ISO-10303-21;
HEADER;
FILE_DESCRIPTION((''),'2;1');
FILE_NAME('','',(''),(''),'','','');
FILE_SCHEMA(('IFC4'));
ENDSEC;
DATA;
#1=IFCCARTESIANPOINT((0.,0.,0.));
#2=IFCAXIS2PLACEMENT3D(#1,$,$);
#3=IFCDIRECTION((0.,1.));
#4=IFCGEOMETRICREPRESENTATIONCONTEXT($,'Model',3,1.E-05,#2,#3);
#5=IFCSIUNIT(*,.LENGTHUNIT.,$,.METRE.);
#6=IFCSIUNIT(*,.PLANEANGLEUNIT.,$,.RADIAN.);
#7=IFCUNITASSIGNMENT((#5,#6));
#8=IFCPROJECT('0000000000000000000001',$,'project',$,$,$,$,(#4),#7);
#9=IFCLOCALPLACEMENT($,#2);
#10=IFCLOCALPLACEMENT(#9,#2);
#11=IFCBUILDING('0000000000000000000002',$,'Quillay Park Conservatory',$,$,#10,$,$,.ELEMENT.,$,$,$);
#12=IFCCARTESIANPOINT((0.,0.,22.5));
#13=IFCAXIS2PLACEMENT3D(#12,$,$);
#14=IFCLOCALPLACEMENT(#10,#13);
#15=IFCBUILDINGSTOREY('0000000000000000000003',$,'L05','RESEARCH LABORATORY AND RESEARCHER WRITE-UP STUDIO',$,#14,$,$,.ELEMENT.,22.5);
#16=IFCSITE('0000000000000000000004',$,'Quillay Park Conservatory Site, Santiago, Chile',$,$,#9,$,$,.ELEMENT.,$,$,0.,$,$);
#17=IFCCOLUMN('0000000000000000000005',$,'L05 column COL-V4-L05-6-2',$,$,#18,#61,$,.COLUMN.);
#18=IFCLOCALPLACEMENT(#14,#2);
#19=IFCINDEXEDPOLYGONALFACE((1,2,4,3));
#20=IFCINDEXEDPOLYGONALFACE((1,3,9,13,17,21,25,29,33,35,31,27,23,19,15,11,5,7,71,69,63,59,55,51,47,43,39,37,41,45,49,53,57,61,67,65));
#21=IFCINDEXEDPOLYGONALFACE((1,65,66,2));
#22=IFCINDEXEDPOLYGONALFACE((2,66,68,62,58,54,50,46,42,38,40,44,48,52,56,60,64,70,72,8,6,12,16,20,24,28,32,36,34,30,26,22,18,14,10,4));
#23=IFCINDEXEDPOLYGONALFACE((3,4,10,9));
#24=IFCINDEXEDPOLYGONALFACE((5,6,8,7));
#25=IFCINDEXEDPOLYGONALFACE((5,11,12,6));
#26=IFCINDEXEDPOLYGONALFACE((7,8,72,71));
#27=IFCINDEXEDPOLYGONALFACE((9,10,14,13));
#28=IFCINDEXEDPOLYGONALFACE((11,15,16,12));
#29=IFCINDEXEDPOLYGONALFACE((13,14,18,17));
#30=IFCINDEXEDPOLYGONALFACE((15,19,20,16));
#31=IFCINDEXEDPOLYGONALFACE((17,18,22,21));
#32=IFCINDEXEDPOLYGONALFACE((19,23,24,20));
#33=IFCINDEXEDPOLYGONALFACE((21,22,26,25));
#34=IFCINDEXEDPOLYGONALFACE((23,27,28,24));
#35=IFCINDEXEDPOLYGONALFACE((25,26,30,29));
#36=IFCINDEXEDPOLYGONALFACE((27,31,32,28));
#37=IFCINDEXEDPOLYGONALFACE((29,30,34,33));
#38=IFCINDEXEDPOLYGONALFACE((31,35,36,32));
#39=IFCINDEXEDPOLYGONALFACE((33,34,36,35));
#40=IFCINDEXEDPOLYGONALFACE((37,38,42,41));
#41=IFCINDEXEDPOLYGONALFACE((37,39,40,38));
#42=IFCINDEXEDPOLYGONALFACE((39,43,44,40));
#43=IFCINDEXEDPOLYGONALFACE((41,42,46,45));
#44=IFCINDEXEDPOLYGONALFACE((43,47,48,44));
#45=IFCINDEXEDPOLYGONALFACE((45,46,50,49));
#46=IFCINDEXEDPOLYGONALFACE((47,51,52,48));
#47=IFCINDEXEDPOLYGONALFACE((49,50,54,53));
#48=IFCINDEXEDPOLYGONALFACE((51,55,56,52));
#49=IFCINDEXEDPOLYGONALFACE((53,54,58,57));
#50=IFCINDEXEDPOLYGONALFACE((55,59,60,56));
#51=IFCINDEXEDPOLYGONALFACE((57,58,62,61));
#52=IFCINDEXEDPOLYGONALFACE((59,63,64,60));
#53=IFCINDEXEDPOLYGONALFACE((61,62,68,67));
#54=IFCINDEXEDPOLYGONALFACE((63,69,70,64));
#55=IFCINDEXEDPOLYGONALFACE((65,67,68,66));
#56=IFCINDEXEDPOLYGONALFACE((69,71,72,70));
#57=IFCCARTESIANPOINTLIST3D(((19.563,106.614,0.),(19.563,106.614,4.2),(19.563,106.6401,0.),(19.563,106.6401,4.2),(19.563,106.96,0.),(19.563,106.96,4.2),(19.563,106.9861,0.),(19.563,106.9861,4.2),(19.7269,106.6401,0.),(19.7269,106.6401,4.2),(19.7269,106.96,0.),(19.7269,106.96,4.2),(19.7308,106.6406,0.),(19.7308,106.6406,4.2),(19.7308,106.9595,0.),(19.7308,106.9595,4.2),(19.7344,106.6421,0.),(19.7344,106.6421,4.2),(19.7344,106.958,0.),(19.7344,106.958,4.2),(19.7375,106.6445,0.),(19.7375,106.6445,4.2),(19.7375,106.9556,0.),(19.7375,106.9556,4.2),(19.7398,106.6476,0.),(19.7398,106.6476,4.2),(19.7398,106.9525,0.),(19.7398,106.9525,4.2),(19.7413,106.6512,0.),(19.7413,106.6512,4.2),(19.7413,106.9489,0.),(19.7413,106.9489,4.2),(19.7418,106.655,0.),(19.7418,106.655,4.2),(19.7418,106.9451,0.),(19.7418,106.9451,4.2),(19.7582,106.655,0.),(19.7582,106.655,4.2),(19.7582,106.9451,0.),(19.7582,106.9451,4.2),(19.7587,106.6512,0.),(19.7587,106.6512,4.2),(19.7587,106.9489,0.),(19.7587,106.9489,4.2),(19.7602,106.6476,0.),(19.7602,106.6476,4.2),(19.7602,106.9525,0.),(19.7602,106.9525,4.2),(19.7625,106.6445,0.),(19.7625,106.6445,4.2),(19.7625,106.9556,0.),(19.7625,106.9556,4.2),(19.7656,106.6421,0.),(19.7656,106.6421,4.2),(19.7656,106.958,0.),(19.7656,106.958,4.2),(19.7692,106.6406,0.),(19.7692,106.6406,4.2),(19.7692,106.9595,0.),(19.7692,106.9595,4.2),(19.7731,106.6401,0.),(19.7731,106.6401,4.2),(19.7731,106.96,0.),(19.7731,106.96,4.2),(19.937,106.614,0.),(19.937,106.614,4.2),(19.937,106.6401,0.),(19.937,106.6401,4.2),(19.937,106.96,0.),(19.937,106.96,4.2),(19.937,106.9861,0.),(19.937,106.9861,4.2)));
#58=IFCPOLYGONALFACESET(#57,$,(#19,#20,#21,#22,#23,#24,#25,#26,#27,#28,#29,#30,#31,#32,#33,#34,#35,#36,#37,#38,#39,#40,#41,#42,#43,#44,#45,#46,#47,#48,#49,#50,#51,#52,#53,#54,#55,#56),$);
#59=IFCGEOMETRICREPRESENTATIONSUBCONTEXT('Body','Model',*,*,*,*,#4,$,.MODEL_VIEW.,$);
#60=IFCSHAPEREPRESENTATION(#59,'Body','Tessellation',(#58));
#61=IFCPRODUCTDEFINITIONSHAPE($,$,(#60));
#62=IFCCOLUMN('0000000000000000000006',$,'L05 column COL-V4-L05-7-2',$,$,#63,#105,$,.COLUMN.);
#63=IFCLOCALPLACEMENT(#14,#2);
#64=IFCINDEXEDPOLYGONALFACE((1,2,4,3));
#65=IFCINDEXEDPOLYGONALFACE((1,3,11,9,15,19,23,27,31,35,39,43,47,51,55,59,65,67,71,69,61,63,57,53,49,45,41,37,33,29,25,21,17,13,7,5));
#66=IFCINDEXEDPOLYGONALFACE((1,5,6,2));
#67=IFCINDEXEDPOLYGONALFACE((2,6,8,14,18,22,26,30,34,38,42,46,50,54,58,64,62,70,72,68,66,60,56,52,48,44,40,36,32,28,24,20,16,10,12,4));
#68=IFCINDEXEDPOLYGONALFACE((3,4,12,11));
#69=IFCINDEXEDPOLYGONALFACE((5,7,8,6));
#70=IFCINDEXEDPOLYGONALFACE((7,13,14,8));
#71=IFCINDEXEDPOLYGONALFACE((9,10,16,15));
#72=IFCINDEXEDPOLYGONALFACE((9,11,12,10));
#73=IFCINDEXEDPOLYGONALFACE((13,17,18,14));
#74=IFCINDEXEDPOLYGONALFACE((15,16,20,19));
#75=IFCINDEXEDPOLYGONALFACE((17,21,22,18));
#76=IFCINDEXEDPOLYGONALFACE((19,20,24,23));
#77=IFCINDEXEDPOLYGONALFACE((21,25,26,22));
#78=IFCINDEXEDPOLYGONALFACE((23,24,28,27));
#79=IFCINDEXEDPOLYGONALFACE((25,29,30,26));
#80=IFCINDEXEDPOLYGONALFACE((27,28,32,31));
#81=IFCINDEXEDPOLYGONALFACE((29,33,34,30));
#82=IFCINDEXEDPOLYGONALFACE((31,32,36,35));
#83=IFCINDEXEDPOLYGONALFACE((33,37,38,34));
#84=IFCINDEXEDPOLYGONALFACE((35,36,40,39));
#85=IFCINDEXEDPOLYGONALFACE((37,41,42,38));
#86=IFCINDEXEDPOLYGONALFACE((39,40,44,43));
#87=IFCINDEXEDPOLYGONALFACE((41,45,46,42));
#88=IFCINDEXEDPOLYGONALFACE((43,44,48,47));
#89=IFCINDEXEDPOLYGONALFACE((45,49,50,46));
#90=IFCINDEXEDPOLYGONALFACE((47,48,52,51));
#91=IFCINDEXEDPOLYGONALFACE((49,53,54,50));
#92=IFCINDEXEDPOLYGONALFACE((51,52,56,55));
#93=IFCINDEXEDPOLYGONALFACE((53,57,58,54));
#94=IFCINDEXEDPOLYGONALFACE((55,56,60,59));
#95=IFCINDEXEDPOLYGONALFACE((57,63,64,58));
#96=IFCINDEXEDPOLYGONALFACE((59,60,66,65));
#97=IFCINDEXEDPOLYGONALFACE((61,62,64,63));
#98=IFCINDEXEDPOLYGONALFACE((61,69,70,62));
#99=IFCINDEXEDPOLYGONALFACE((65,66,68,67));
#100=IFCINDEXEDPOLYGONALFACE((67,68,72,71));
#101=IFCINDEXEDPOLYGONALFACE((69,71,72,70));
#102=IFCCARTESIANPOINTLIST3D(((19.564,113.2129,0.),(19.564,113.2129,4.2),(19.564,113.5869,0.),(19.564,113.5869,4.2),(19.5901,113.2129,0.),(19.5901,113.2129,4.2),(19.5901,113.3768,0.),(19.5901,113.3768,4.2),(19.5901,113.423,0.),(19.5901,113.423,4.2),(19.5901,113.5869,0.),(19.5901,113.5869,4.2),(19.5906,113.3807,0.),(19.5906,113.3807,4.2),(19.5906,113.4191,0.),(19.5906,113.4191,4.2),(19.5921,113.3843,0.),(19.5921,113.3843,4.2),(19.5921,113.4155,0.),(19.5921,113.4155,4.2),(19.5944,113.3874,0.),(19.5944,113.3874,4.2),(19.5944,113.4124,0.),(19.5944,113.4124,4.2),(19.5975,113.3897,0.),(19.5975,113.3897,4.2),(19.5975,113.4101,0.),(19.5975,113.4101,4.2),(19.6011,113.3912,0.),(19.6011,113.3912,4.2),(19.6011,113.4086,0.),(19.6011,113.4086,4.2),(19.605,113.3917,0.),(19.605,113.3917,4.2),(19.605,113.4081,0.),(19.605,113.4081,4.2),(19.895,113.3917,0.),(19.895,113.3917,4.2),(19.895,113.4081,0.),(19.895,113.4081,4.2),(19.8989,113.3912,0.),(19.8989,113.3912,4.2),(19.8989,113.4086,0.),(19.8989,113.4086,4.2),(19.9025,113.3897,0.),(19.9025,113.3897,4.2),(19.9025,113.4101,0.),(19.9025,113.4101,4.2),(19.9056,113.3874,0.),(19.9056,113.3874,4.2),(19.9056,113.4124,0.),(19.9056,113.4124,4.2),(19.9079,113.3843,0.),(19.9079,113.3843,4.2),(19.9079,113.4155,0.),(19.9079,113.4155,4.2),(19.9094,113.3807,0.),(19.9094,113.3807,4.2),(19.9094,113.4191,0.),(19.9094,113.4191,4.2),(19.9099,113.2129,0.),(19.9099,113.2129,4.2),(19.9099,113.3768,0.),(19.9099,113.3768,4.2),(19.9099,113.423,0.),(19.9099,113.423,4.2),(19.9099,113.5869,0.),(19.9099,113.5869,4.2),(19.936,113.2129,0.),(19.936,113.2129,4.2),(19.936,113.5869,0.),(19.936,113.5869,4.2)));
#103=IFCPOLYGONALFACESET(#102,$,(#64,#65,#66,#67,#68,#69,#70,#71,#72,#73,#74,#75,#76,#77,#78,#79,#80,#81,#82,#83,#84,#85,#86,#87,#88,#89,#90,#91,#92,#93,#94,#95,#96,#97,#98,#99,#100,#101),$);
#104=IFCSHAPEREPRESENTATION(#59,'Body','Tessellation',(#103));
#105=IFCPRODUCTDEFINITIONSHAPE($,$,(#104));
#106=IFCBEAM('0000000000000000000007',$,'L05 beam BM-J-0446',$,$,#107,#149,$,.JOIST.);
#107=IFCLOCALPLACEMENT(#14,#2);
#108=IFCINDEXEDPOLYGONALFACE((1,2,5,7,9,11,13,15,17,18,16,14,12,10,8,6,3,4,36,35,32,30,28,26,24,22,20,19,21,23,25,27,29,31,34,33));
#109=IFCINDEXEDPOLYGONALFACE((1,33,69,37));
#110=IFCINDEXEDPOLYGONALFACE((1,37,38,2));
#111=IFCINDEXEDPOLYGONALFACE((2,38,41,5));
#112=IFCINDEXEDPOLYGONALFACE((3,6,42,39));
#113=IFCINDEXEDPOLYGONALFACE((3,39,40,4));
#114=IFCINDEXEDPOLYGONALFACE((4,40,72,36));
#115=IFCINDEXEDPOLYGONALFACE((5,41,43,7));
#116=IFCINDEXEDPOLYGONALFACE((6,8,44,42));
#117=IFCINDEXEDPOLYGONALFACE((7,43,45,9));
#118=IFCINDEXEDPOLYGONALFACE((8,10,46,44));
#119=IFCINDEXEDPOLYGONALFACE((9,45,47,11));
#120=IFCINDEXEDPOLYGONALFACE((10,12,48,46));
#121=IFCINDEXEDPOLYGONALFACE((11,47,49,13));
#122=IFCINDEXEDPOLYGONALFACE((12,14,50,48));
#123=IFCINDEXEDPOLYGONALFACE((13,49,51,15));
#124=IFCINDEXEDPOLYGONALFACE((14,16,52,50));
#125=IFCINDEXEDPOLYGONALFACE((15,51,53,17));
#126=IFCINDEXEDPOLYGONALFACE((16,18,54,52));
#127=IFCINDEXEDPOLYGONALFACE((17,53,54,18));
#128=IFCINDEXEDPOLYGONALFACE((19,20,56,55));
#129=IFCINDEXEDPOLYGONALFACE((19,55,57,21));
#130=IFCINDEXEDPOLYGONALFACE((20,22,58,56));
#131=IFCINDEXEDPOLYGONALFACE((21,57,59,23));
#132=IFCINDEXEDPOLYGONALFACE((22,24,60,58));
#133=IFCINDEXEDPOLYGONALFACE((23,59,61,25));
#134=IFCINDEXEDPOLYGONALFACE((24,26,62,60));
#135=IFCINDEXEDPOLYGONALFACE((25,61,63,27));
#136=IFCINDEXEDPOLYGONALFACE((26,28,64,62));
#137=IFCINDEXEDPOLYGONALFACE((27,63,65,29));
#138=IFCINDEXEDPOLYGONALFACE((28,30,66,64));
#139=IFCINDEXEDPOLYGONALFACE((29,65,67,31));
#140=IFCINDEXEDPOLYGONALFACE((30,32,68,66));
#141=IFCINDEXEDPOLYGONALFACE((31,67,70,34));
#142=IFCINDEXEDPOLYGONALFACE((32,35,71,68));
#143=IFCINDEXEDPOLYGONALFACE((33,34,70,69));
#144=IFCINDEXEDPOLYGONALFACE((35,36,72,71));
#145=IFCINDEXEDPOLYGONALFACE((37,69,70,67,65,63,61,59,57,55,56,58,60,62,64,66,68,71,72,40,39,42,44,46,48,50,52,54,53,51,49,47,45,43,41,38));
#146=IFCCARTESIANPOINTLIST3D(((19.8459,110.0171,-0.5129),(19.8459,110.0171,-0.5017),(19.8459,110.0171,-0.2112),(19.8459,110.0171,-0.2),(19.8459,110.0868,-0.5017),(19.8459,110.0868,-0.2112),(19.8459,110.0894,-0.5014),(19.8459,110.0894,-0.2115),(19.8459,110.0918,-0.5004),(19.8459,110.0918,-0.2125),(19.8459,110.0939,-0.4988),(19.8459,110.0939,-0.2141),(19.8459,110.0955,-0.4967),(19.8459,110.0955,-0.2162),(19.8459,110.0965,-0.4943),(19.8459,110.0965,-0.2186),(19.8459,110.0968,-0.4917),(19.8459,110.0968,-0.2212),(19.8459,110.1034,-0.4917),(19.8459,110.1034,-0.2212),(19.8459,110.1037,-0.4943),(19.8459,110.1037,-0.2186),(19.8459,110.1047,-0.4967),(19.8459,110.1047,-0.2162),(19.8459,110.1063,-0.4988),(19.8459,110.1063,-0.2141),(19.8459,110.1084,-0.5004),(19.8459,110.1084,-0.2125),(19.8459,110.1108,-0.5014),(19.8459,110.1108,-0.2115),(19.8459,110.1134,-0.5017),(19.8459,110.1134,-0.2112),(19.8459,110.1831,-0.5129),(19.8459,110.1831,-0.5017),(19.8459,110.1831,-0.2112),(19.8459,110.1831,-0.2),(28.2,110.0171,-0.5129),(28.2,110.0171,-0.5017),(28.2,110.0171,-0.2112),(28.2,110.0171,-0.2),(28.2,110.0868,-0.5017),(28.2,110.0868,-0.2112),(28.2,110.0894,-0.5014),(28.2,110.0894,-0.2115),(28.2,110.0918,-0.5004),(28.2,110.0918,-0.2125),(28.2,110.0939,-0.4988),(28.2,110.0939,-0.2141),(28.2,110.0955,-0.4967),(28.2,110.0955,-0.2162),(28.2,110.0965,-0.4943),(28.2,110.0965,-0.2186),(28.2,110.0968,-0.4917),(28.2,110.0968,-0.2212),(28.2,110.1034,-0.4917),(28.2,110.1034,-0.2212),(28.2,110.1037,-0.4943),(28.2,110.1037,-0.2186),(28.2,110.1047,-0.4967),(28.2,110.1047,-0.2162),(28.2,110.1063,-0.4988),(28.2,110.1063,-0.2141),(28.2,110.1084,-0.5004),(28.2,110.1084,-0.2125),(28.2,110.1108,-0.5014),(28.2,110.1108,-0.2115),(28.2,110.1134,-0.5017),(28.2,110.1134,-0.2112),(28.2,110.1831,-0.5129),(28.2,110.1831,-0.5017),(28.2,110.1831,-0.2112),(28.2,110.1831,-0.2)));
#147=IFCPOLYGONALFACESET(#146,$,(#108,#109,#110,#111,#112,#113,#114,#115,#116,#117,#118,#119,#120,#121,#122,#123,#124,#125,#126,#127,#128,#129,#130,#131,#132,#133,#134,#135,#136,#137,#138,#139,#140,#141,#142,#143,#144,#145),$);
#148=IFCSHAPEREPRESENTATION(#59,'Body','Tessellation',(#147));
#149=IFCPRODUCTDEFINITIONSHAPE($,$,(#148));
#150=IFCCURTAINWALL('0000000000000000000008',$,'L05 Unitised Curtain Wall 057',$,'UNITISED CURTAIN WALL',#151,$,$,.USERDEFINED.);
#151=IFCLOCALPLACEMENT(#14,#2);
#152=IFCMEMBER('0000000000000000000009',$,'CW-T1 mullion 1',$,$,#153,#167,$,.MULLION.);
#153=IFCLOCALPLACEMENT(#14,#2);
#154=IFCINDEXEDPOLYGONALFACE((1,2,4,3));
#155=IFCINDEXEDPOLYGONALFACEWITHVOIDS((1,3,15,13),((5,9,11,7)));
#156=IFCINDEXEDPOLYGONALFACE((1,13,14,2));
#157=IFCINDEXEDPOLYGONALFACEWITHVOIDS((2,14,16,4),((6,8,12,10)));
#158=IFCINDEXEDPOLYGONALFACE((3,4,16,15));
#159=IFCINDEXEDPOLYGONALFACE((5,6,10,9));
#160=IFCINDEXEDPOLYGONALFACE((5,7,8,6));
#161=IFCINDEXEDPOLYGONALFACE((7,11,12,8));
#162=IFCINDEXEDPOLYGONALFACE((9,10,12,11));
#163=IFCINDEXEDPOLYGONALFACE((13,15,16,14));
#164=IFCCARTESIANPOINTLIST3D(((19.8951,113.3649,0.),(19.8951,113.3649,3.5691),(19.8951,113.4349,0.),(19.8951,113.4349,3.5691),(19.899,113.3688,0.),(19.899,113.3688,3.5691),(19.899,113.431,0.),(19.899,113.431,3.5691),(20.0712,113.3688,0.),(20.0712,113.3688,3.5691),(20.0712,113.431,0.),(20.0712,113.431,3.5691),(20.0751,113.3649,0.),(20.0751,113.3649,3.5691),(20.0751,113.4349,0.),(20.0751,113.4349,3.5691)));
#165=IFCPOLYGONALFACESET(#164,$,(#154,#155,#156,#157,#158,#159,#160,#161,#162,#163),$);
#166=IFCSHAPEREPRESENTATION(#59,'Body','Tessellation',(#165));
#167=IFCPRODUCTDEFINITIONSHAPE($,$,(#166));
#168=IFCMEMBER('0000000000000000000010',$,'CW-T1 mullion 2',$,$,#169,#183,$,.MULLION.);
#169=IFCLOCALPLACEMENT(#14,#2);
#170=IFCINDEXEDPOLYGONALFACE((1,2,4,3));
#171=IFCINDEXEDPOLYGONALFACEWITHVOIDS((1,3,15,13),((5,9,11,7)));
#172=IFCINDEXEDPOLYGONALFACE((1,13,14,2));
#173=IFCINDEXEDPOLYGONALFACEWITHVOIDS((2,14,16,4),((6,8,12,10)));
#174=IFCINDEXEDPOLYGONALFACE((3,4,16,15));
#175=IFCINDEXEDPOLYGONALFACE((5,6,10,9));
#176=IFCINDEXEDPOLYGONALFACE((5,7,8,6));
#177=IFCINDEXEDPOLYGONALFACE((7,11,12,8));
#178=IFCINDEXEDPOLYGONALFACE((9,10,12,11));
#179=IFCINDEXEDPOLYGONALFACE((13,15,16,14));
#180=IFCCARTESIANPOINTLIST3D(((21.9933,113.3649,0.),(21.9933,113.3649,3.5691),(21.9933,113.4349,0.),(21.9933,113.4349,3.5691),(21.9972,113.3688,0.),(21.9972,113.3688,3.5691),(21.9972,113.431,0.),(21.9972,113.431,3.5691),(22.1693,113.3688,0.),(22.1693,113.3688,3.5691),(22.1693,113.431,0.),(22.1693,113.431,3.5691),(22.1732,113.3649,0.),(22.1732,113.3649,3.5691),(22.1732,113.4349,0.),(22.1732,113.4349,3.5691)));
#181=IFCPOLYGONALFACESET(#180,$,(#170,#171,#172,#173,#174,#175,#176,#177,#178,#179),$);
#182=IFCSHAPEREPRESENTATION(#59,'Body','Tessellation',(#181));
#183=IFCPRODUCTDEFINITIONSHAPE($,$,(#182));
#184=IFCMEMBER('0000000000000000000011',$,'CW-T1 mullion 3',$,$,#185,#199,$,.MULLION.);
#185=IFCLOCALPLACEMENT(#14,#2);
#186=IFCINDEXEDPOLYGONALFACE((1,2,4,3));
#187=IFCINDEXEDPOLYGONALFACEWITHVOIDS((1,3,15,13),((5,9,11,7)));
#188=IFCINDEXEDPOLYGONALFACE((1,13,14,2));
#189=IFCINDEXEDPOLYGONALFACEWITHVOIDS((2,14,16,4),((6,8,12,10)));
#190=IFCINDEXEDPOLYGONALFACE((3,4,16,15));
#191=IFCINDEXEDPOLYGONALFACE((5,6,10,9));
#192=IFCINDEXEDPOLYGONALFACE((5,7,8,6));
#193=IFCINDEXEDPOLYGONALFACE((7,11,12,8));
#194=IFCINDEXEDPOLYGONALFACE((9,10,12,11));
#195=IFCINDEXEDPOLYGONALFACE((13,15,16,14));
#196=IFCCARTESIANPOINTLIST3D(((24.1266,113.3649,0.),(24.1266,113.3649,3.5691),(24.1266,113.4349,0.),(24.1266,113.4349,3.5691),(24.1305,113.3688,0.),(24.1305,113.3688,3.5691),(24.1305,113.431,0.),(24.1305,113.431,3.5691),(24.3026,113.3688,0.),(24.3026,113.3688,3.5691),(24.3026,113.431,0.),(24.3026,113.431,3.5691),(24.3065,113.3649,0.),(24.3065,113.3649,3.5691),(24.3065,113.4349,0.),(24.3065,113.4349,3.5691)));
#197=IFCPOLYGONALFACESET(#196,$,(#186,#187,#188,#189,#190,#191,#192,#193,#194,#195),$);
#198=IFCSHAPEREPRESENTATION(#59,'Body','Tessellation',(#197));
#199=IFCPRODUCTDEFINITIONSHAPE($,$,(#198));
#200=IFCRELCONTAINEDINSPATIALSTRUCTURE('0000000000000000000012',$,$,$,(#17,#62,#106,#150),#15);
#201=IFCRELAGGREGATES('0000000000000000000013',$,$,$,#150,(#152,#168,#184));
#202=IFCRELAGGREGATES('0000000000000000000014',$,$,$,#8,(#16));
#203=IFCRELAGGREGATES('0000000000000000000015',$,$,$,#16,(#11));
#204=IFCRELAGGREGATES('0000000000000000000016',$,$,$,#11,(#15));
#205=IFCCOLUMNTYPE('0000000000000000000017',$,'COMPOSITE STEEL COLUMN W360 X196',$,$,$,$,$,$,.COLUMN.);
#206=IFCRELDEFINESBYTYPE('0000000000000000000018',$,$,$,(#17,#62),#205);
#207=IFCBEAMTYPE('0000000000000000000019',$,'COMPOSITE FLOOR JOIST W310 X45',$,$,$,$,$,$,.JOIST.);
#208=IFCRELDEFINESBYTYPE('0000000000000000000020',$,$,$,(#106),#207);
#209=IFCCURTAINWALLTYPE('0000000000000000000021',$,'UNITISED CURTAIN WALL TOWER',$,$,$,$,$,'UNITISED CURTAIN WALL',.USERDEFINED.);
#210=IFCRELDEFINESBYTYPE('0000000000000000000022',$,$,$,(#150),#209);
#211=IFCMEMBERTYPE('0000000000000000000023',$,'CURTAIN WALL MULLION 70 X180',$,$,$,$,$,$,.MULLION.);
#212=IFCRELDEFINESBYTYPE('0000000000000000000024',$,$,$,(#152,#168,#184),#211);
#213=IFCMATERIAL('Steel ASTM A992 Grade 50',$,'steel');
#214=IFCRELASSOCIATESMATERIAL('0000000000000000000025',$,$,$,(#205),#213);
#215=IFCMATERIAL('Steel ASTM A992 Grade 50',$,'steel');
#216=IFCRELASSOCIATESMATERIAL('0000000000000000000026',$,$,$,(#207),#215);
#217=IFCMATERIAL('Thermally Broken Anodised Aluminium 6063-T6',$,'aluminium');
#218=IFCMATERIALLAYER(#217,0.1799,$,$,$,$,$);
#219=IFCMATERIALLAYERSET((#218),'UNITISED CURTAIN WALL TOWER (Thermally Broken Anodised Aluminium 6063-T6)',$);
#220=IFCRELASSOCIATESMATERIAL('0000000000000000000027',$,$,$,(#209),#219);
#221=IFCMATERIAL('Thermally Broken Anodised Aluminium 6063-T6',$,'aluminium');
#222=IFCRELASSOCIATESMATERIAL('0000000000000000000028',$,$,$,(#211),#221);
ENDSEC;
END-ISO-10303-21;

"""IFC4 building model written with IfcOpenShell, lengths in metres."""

from ifc_helpers import new_model, si_unit, direction, frame, origin, origin_2d, place, context, subcontext, project, spatial, hollow_rectangle, i_section, extrude, material, layer, layer_set, material_profile, profile_set, type_object, element, aggregate, save


model = new_model("IFC4")

# Units and contexts
model_context = context("Model", 3, precision=1e-05, world=origin(), true_north=direction((0.0, 1.0)))
body_context = subcontext(model_context, "Body", "Model", "MODEL_VIEW")
ifc_project = project(units=[si_unit("LENGTHUNIT", "METRE"), si_unit("PLANEANGLEUNIT", "RADIAN")], contexts=[model_context])

# Site, building, storey
site_placement = place(None, origin())
site = spatial("IfcSite", under=ifc_project, at=site_placement, Name="Quillay Park Conservatory Site, Santiago, Chile", CompositionType="ELEMENT", RefElevation=0.0)
building_placement = place(site_placement, origin())
building = spatial("IfcBuilding", under=site, at=building_placement, Name="Quillay Park Conservatory", CompositionType="ELEMENT")
storey_placement = place(building_placement, frame((0.0, 0.0, 22.5)))
storey = spatial("IfcBuildingStorey", under=building, at=storey_placement, Name="L05", Description="RESEARCH LABORATORY AND RESEARCHER WRITE-UP STUDIO", CompositionType="ELEMENT", Elevation=22.5)

# Columns
ifc_material_1 = material(Name="Steel ASTM A992 Grade 50", Category="steel")
ifc_material_profile_1 = material_profile(ifc_material_1, i_section(OverallWidth=0.374, OverallDepth=0.3721, WebThickness=0.0164, FlangeThickness=0.0261, FilletRadius=0.0149, at=origin_2d()), Name="W360x196")
ifc_profile_set_1 = profile_set([ifc_material_profile_1], Name="Steel ASTM A992 Grade 50")
column_type = type_object("IfcColumnType", Name="COMPOSITE STEEL COLUMN W360 X196", PredefinedType="COLUMN", material=ifc_profile_set_1)
for number, where, z_axis, x_axis, name in (
    (1, (19.75, 106.8, 0.0), (0.0, 0.0, 1.0), (1.0, 0.0, 0.0), "L05 column COL-V4-L05-6-2"),
    (2, (19.75, 113.3999, 0.0), (0.0, 0.0, 1.0), (0.0, 1.0, 0.0), "L05 column COL-V4-L05-7-2"),
):
    element("IfcColumn", number, at=place(storey_placement, frame(where, z_axis=z_axis, x_axis=x_axis)), inside=storey, type_object=column_type, Name=name, PredefinedType="COLUMN", context=body_context, shape_type="SweptSolid", body=[
        extrude(i_section(OverallWidth=0.374, OverallDepth=0.3721, WebThickness=0.0164, FlangeThickness=0.0261, FilletRadius=0.0149, at=origin_2d()), origin(), (0.0, 0.0, 1.0), 4.2),
    ])

# Beam
ifc_material_2 = material(Name="Steel ASTM A992 Grade 50", Category="steel")
ifc_material_profile_2 = material_profile(ifc_material_2, i_section(OverallWidth=0.166, OverallDepth=0.313, WebThickness=0.0066, FlangeThickness=0.0112, FilletRadius=0.01, at=origin_2d()), Name="W310x45")
ifc_profile_set_2 = profile_set([ifc_material_profile_2], Name="Steel ASTM A992 Grade 50")
beam_type_1 = type_object("IfcBeamType", Name="COMPOSITE FLOOR JOIST W310 X45", PredefinedType="JOIST", material=ifc_profile_set_2)
beam_1_placement = place(storey_placement, frame((19.8459, 110.1001, -0.3564), z_axis=(1.0, 0.0, 0.0), x_axis=(0.0, 1.0, 0.0)))
element("IfcBeam", 3, at=beam_1_placement, inside=storey, type_object=beam_type_1, Name="L05 beam BM-J-0446", PredefinedType="JOIST", context=body_context, shape_type="SweptSolid", body=[
    extrude(i_section(OverallWidth=0.166, OverallDepth=0.313, WebThickness=0.0066, FlangeThickness=0.0112, FilletRadius=0.01, at=origin_2d()), origin(), (0.0, 0.0, 1.0), 8.354),
])

# Curtain wall, members
ifc_material_3 = material(Name="Thermally Broken Anodised Aluminium 6063-T6", Category="aluminium")
ifc_layer_1 = layer(ifc_material_3, 0.1799)
ifc_layer_set_1 = layer_set([ifc_layer_1], Name="UNITISED CURTAIN WALL TOWER (Thermally Broken Anodised Aluminium 6063-T6)")
curtain_wall_type = type_object("IfcCurtainWallType", Name="UNITISED CURTAIN WALL TOWER", ElementType="UNITISED CURTAIN WALL", PredefinedType="USERDEFINED", material=ifc_layer_set_1)
curtain_wall_placement = place(storey_placement, origin())
curtain_wall = element("IfcCurtainWall", 4, at=curtain_wall_placement, inside=storey, type_object=curtain_wall_type, Name="L05 Unitised Curtain Wall 057", ObjectType="UNITISED CURTAIN WALL", PredefinedType="USERDEFINED")
ifc_material_4 = material(Name="Thermally Broken Anodised Aluminium 6063-T6", Category="aluminium")
ifc_material_profile_3 = material_profile(ifc_material_4, hollow_rectangle(XDim=0.0701, YDim=0.1799, WallThickness=0.0039, at=origin_2d()), Name="AL70x180x4")
ifc_profile_set_3 = profile_set([ifc_material_profile_3], Name="Thermally Broken Anodised Aluminium 6063-T6")
member_type_1 = type_object("IfcMemberType", Name="CURTAIN WALL MULLION 70 X180", PredefinedType="MULLION", material=ifc_profile_set_3)
member_1_placement = place(storey_placement, frame((19.9851, 113.3999, 0.0), z_axis=(0.0, 0.0, 1.0), x_axis=(0.0, 1.0, 0.0)))
member_1 = element("IfcMember", 5, at=member_1_placement, type_object=member_type_1, Name="CW-T1 mullion 1", PredefinedType="MULLION", context=body_context, shape_type="SweptSolid", body=[
    extrude(hollow_rectangle(XDim=0.0701, YDim=0.1799, WallThickness=0.0039, at=origin_2d()), origin(), (0.0, 0.0, 1.0), 3.5691),
])
member_2_placement = place(storey_placement, frame((22.0833, 113.3999, 0.0), z_axis=(0.0, 0.0, 1.0), x_axis=(0.0, 1.0, 0.0)))
member_2 = element("IfcMember", 6, at=member_2_placement, type_object=member_type_1, Name="CW-T1 mullion 2", PredefinedType="MULLION", context=body_context, shape_type="SweptSolid", body=[
    extrude(hollow_rectangle(XDim=0.0701, YDim=0.1799, WallThickness=0.0039, at=origin_2d()), origin(), (0.0, 0.0, 1.0), 3.5691),
])
member_3_placement = place(storey_placement, frame((24.2166, 113.3999, 0.0), z_axis=(0.0, 0.0, 1.0), x_axis=(0.0, 1.0, 0.0)))
member_3 = element("IfcMember", 7, at=member_3_placement, type_object=member_type_1, Name="CW-T1 mullion 3", PredefinedType="MULLION", context=body_context, shape_type="SweptSolid", body=[
    extrude(hollow_rectangle(XDim=0.0701, YDim=0.1799, WallThickness=0.0039, at=origin_2d()), origin(), (0.0, 0.0, 1.0), 3.5691),
])

aggregate(curtain_wall, [member_1, member_2, member_3])

save(model, "model.ifc")
